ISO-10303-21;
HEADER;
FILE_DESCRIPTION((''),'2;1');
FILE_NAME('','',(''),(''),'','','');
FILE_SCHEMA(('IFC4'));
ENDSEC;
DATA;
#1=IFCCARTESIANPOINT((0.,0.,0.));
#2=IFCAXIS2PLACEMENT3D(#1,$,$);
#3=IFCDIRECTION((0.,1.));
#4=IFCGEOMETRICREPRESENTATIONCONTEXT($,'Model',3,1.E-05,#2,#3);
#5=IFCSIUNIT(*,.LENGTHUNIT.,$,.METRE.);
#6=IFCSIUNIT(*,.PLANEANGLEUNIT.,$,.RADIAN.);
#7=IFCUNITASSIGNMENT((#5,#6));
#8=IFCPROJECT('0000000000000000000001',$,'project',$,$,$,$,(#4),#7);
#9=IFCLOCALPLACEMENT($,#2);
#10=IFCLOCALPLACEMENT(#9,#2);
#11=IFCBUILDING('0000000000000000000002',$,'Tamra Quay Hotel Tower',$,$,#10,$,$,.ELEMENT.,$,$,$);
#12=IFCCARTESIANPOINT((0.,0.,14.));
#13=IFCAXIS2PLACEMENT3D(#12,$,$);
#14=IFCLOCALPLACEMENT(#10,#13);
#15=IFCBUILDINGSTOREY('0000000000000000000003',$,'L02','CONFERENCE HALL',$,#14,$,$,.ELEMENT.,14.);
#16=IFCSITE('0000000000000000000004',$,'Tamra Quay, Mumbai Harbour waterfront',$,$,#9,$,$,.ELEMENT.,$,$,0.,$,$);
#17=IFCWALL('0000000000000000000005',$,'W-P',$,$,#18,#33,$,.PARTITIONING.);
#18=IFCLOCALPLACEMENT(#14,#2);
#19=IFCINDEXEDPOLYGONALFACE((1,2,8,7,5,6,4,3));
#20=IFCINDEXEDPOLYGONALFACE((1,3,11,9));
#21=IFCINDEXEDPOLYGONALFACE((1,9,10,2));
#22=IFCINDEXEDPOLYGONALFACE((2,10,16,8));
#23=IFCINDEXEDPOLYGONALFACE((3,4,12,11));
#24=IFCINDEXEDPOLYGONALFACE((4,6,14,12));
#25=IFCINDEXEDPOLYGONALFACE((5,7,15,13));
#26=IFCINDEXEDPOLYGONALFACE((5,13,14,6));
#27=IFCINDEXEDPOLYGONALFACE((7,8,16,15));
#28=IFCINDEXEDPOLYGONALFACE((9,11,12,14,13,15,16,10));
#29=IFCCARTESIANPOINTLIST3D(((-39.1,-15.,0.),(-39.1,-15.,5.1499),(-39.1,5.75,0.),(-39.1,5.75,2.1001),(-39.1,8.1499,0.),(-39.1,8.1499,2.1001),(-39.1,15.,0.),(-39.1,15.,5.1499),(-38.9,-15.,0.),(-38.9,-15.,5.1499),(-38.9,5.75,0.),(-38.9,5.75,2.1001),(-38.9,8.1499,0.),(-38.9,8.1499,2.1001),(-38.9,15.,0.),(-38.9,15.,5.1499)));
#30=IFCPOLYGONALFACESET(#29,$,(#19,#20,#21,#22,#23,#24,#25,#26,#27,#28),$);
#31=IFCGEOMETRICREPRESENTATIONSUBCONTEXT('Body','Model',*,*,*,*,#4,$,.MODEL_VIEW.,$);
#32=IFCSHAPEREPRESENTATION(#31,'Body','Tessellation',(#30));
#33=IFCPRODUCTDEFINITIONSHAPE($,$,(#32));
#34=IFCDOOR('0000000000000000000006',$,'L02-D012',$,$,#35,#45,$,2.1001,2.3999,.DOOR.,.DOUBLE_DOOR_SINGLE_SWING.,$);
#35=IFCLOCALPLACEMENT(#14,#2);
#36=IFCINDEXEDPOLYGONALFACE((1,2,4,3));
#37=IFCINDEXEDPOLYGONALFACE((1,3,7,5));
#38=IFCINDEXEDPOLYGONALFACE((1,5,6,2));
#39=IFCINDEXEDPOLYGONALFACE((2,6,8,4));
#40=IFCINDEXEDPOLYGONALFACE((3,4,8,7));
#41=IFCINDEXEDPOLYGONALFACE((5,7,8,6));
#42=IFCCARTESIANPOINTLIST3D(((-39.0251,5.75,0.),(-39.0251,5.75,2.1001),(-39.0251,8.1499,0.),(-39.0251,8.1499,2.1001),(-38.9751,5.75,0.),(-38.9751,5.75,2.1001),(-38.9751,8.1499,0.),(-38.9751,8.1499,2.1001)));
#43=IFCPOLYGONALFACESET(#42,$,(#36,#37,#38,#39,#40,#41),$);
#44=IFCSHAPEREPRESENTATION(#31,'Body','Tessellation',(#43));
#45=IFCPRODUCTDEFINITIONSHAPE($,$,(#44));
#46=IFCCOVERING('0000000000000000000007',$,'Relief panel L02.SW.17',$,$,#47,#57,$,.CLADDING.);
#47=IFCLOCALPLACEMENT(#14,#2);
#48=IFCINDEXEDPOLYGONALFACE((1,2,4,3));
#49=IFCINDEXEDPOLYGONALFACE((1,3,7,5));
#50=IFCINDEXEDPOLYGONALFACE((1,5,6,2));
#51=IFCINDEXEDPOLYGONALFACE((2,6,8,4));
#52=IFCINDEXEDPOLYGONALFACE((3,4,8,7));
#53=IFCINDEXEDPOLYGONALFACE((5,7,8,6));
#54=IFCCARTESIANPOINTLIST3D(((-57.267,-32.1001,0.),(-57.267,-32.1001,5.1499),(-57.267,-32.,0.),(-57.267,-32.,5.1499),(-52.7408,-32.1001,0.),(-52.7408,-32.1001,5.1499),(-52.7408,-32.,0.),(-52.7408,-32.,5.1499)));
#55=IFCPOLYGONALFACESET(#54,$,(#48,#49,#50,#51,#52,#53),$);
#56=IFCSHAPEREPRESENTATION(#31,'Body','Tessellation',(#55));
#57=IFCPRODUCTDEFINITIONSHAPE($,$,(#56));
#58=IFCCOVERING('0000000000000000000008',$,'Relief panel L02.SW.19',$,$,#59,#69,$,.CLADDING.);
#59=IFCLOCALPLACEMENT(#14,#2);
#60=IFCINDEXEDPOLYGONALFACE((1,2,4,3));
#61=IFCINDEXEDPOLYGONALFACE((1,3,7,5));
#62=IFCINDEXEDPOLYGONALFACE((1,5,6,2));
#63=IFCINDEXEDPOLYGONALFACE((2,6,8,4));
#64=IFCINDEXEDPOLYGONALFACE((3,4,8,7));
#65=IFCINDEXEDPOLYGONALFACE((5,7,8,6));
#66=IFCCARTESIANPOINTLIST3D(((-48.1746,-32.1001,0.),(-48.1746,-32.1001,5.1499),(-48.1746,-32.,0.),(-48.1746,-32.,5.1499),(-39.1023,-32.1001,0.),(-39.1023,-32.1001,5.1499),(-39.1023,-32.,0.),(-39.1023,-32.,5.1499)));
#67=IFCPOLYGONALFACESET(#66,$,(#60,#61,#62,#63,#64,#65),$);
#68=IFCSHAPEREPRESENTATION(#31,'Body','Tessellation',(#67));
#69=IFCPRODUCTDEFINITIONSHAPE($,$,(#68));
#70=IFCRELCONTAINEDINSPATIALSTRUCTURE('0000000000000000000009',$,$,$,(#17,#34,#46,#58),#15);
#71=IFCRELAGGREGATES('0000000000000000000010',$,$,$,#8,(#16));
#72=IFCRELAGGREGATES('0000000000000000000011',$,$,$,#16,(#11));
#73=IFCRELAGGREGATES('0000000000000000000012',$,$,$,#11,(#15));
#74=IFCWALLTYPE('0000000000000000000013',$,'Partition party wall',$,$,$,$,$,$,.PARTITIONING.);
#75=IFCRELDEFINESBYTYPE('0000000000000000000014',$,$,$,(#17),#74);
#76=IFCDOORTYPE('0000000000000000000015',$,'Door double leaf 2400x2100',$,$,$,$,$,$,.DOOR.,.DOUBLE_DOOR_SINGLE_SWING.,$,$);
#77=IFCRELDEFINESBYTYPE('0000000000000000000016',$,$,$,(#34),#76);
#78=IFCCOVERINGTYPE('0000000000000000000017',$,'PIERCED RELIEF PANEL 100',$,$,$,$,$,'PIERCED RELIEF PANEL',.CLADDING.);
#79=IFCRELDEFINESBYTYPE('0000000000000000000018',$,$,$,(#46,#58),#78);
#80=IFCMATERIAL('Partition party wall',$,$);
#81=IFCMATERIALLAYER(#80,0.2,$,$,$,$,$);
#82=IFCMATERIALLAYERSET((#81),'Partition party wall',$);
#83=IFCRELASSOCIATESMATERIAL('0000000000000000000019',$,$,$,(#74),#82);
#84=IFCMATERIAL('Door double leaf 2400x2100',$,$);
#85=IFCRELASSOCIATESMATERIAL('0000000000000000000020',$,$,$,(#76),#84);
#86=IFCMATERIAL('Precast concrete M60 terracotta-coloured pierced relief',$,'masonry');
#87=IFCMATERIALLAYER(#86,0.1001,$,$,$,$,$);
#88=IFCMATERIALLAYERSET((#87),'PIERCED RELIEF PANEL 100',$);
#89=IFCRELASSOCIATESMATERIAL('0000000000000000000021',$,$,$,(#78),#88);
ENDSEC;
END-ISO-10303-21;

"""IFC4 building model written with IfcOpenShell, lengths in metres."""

from ifc_helpers import new_model, si_unit, direction, frame, frame_2d, origin, origin_2d, place, context, subcontext, project, spatial, rectangle, extrude, material, layer, layer_set, type_object, element, fill, save


model = new_model("IFC4")

# Units and contexts
model_context = context("Model", 3, precision=1e-05, world=origin(), true_north=direction((0.0, 1.0)))
body_context = subcontext(model_context, "Body", "Model", "MODEL_VIEW")
ifc_project = project(units=[si_unit("LENGTHUNIT", "METRE"), si_unit("PLANEANGLEUNIT", "RADIAN")], contexts=[model_context])

# Site, building, storey
site_placement = place(None, origin())
site = spatial("IfcSite", under=ifc_project, at=site_placement, Name="Tamra Quay, Mumbai Harbour waterfront", CompositionType="ELEMENT", RefElevation=0.0)
building_placement = place(site_placement, origin())
building = spatial("IfcBuilding", under=site, at=building_placement, Name="Tamra Quay Hotel Tower", CompositionType="ELEMENT")
storey_placement = place(building_placement, frame((0.0, 0.0, 14.0)))
storey = spatial("IfcBuildingStorey", under=building, at=storey_placement, Name="L02", Description="CONFERENCE HALL", CompositionType="ELEMENT", Elevation=14.0)

# Shared definitions
ifc_material_1 = material(Name="Partition party wall")
ifc_layer_1 = layer(ifc_material_1, 0.2)
ifc_layer_set_1 = layer_set([ifc_layer_1], Name="Partition party wall")
wall_type_1 = type_object("IfcWallType", Name="Partition party wall", PredefinedType="PARTITIONING", material=ifc_layer_set_1)

# Shared definitions
ifc_material_2 = material(Name="Door double leaf 2400x2100")
door_type = type_object("IfcDoorType", Name="Door double leaf 2400x2100", OperationType="DOUBLE_DOOR_SINGLE_SWING", PredefinedType="DOOR", material=ifc_material_2)

# Wall, opening, door
wall_1_placement = place(storey_placement, frame((-39.0, -15.0, 0.0), z_axis=(0.0, 0.0, 1.0), x_axis=(0.0, 1.0, 0.0)))
wall_1 = element("IfcWall", 1, at=wall_1_placement, inside=storey, type_object=wall_type_1, Name="W-P", PredefinedType="PARTITIONING", context=body_context, shape_type="SweptSolid", body=[
    extrude(rectangle(XDim=30.0, YDim=0.2, at=frame_2d((15.0, 0.0))), origin(), (0.0, 0.0, 1.0), 5.1499),
])
opening_1_placement = place(wall_1_placement, frame((20.75, 0.0, 0.0)))
opening_1 = element("IfcOpeningElement", 2, at=opening_1_placement, cuts=wall_1, PredefinedType="OPENING", context=body_context, shape_type="SweptSolid", body=[
    extrude(rectangle(XDim=2.3999, YDim=2.1001, at=frame_2d((1.2, 1.05))), frame((0.0, 0.1099, 0.0), z_axis=(0.0, -1.0, 0.0), x_axis=(1.0, 0.0, 0.0)), (0.0, 0.0, 1.0), 0.22),
])
door_1_placement = place(opening_1_placement, frame((2.3999, 0.0, 0.0), z_axis=(0.0, 0.0, 1.0), x_axis=(-1.0, 0.0, 0.0)))
door_1 = element("IfcDoor", 3, at=door_1_placement, inside=storey, type_object=door_type, Name="L02-D012", OperationType="DOUBLE_DOOR_SINGLE_SWING", OverallHeight=2.1001, OverallWidth=2.3999, PredefinedType="DOOR", context=body_context, shape_type="SweptSolid", body=[
    extrude(rectangle(XDim=2.3999, YDim=2.1001, at=frame_2d((1.2, 1.05))), frame((0.0, 0.0249, 0.0), z_axis=(0.0, -1.0, 0.0), x_axis=(1.0, 0.0, 0.0)), (0.0, 0.0, 1.0), 0.05),
])
fill(opening_1, door_1)

# Coverings
ifc_material_3 = material(Name="Precast concrete M60 terracotta-coloured pierced relief", Category="masonry")
ifc_layer_2 = layer(ifc_material_3, 0.1001)
ifc_layer_set_2 = layer_set([ifc_layer_2], Name="PIERCED RELIEF PANEL 100")
covering_type_1 = type_object("IfcCoveringType", Name="PIERCED RELIEF PANEL 100", ElementType="PIERCED RELIEF PANEL", PredefinedType="CLADDING", material=ifc_layer_set_2)
covering_1_placement = place(storey_placement, frame((-55.0039, -32.05, 0.0), z_axis=(0.0, 0.0, 1.0), x_axis=(1.0, 0.0, 0.0)))
element("IfcCovering", 4, at=covering_1_placement, inside=storey, type_object=covering_type_1, Name="Relief panel L02.SW.17", PredefinedType="CLADDING", context=body_context, shape_type="SweptSolid", body=[
    extrude(rectangle(XDim=4.5261, YDim=0.1001, at=origin_2d()), origin(), (0.0, 0.0, 1.0), 5.1499),
])
covering_2_placement = place(storey_placement, frame((-43.6384, -32.05, 0.0), z_axis=(0.0, 0.0, 1.0), x_axis=(1.0, 0.0, 0.0)))
element("IfcCovering", 5, at=covering_2_placement, inside=storey, type_object=covering_type_1, Name="Relief panel L02.SW.19", PredefinedType="CLADDING", context=body_context, shape_type="SweptSolid", body=[
    extrude(rectangle(XDim=9.0723, YDim=0.1001, at=origin_2d()), origin(), (0.0, 0.0, 1.0), 5.1499),
])

save(model, "model.ifc")
